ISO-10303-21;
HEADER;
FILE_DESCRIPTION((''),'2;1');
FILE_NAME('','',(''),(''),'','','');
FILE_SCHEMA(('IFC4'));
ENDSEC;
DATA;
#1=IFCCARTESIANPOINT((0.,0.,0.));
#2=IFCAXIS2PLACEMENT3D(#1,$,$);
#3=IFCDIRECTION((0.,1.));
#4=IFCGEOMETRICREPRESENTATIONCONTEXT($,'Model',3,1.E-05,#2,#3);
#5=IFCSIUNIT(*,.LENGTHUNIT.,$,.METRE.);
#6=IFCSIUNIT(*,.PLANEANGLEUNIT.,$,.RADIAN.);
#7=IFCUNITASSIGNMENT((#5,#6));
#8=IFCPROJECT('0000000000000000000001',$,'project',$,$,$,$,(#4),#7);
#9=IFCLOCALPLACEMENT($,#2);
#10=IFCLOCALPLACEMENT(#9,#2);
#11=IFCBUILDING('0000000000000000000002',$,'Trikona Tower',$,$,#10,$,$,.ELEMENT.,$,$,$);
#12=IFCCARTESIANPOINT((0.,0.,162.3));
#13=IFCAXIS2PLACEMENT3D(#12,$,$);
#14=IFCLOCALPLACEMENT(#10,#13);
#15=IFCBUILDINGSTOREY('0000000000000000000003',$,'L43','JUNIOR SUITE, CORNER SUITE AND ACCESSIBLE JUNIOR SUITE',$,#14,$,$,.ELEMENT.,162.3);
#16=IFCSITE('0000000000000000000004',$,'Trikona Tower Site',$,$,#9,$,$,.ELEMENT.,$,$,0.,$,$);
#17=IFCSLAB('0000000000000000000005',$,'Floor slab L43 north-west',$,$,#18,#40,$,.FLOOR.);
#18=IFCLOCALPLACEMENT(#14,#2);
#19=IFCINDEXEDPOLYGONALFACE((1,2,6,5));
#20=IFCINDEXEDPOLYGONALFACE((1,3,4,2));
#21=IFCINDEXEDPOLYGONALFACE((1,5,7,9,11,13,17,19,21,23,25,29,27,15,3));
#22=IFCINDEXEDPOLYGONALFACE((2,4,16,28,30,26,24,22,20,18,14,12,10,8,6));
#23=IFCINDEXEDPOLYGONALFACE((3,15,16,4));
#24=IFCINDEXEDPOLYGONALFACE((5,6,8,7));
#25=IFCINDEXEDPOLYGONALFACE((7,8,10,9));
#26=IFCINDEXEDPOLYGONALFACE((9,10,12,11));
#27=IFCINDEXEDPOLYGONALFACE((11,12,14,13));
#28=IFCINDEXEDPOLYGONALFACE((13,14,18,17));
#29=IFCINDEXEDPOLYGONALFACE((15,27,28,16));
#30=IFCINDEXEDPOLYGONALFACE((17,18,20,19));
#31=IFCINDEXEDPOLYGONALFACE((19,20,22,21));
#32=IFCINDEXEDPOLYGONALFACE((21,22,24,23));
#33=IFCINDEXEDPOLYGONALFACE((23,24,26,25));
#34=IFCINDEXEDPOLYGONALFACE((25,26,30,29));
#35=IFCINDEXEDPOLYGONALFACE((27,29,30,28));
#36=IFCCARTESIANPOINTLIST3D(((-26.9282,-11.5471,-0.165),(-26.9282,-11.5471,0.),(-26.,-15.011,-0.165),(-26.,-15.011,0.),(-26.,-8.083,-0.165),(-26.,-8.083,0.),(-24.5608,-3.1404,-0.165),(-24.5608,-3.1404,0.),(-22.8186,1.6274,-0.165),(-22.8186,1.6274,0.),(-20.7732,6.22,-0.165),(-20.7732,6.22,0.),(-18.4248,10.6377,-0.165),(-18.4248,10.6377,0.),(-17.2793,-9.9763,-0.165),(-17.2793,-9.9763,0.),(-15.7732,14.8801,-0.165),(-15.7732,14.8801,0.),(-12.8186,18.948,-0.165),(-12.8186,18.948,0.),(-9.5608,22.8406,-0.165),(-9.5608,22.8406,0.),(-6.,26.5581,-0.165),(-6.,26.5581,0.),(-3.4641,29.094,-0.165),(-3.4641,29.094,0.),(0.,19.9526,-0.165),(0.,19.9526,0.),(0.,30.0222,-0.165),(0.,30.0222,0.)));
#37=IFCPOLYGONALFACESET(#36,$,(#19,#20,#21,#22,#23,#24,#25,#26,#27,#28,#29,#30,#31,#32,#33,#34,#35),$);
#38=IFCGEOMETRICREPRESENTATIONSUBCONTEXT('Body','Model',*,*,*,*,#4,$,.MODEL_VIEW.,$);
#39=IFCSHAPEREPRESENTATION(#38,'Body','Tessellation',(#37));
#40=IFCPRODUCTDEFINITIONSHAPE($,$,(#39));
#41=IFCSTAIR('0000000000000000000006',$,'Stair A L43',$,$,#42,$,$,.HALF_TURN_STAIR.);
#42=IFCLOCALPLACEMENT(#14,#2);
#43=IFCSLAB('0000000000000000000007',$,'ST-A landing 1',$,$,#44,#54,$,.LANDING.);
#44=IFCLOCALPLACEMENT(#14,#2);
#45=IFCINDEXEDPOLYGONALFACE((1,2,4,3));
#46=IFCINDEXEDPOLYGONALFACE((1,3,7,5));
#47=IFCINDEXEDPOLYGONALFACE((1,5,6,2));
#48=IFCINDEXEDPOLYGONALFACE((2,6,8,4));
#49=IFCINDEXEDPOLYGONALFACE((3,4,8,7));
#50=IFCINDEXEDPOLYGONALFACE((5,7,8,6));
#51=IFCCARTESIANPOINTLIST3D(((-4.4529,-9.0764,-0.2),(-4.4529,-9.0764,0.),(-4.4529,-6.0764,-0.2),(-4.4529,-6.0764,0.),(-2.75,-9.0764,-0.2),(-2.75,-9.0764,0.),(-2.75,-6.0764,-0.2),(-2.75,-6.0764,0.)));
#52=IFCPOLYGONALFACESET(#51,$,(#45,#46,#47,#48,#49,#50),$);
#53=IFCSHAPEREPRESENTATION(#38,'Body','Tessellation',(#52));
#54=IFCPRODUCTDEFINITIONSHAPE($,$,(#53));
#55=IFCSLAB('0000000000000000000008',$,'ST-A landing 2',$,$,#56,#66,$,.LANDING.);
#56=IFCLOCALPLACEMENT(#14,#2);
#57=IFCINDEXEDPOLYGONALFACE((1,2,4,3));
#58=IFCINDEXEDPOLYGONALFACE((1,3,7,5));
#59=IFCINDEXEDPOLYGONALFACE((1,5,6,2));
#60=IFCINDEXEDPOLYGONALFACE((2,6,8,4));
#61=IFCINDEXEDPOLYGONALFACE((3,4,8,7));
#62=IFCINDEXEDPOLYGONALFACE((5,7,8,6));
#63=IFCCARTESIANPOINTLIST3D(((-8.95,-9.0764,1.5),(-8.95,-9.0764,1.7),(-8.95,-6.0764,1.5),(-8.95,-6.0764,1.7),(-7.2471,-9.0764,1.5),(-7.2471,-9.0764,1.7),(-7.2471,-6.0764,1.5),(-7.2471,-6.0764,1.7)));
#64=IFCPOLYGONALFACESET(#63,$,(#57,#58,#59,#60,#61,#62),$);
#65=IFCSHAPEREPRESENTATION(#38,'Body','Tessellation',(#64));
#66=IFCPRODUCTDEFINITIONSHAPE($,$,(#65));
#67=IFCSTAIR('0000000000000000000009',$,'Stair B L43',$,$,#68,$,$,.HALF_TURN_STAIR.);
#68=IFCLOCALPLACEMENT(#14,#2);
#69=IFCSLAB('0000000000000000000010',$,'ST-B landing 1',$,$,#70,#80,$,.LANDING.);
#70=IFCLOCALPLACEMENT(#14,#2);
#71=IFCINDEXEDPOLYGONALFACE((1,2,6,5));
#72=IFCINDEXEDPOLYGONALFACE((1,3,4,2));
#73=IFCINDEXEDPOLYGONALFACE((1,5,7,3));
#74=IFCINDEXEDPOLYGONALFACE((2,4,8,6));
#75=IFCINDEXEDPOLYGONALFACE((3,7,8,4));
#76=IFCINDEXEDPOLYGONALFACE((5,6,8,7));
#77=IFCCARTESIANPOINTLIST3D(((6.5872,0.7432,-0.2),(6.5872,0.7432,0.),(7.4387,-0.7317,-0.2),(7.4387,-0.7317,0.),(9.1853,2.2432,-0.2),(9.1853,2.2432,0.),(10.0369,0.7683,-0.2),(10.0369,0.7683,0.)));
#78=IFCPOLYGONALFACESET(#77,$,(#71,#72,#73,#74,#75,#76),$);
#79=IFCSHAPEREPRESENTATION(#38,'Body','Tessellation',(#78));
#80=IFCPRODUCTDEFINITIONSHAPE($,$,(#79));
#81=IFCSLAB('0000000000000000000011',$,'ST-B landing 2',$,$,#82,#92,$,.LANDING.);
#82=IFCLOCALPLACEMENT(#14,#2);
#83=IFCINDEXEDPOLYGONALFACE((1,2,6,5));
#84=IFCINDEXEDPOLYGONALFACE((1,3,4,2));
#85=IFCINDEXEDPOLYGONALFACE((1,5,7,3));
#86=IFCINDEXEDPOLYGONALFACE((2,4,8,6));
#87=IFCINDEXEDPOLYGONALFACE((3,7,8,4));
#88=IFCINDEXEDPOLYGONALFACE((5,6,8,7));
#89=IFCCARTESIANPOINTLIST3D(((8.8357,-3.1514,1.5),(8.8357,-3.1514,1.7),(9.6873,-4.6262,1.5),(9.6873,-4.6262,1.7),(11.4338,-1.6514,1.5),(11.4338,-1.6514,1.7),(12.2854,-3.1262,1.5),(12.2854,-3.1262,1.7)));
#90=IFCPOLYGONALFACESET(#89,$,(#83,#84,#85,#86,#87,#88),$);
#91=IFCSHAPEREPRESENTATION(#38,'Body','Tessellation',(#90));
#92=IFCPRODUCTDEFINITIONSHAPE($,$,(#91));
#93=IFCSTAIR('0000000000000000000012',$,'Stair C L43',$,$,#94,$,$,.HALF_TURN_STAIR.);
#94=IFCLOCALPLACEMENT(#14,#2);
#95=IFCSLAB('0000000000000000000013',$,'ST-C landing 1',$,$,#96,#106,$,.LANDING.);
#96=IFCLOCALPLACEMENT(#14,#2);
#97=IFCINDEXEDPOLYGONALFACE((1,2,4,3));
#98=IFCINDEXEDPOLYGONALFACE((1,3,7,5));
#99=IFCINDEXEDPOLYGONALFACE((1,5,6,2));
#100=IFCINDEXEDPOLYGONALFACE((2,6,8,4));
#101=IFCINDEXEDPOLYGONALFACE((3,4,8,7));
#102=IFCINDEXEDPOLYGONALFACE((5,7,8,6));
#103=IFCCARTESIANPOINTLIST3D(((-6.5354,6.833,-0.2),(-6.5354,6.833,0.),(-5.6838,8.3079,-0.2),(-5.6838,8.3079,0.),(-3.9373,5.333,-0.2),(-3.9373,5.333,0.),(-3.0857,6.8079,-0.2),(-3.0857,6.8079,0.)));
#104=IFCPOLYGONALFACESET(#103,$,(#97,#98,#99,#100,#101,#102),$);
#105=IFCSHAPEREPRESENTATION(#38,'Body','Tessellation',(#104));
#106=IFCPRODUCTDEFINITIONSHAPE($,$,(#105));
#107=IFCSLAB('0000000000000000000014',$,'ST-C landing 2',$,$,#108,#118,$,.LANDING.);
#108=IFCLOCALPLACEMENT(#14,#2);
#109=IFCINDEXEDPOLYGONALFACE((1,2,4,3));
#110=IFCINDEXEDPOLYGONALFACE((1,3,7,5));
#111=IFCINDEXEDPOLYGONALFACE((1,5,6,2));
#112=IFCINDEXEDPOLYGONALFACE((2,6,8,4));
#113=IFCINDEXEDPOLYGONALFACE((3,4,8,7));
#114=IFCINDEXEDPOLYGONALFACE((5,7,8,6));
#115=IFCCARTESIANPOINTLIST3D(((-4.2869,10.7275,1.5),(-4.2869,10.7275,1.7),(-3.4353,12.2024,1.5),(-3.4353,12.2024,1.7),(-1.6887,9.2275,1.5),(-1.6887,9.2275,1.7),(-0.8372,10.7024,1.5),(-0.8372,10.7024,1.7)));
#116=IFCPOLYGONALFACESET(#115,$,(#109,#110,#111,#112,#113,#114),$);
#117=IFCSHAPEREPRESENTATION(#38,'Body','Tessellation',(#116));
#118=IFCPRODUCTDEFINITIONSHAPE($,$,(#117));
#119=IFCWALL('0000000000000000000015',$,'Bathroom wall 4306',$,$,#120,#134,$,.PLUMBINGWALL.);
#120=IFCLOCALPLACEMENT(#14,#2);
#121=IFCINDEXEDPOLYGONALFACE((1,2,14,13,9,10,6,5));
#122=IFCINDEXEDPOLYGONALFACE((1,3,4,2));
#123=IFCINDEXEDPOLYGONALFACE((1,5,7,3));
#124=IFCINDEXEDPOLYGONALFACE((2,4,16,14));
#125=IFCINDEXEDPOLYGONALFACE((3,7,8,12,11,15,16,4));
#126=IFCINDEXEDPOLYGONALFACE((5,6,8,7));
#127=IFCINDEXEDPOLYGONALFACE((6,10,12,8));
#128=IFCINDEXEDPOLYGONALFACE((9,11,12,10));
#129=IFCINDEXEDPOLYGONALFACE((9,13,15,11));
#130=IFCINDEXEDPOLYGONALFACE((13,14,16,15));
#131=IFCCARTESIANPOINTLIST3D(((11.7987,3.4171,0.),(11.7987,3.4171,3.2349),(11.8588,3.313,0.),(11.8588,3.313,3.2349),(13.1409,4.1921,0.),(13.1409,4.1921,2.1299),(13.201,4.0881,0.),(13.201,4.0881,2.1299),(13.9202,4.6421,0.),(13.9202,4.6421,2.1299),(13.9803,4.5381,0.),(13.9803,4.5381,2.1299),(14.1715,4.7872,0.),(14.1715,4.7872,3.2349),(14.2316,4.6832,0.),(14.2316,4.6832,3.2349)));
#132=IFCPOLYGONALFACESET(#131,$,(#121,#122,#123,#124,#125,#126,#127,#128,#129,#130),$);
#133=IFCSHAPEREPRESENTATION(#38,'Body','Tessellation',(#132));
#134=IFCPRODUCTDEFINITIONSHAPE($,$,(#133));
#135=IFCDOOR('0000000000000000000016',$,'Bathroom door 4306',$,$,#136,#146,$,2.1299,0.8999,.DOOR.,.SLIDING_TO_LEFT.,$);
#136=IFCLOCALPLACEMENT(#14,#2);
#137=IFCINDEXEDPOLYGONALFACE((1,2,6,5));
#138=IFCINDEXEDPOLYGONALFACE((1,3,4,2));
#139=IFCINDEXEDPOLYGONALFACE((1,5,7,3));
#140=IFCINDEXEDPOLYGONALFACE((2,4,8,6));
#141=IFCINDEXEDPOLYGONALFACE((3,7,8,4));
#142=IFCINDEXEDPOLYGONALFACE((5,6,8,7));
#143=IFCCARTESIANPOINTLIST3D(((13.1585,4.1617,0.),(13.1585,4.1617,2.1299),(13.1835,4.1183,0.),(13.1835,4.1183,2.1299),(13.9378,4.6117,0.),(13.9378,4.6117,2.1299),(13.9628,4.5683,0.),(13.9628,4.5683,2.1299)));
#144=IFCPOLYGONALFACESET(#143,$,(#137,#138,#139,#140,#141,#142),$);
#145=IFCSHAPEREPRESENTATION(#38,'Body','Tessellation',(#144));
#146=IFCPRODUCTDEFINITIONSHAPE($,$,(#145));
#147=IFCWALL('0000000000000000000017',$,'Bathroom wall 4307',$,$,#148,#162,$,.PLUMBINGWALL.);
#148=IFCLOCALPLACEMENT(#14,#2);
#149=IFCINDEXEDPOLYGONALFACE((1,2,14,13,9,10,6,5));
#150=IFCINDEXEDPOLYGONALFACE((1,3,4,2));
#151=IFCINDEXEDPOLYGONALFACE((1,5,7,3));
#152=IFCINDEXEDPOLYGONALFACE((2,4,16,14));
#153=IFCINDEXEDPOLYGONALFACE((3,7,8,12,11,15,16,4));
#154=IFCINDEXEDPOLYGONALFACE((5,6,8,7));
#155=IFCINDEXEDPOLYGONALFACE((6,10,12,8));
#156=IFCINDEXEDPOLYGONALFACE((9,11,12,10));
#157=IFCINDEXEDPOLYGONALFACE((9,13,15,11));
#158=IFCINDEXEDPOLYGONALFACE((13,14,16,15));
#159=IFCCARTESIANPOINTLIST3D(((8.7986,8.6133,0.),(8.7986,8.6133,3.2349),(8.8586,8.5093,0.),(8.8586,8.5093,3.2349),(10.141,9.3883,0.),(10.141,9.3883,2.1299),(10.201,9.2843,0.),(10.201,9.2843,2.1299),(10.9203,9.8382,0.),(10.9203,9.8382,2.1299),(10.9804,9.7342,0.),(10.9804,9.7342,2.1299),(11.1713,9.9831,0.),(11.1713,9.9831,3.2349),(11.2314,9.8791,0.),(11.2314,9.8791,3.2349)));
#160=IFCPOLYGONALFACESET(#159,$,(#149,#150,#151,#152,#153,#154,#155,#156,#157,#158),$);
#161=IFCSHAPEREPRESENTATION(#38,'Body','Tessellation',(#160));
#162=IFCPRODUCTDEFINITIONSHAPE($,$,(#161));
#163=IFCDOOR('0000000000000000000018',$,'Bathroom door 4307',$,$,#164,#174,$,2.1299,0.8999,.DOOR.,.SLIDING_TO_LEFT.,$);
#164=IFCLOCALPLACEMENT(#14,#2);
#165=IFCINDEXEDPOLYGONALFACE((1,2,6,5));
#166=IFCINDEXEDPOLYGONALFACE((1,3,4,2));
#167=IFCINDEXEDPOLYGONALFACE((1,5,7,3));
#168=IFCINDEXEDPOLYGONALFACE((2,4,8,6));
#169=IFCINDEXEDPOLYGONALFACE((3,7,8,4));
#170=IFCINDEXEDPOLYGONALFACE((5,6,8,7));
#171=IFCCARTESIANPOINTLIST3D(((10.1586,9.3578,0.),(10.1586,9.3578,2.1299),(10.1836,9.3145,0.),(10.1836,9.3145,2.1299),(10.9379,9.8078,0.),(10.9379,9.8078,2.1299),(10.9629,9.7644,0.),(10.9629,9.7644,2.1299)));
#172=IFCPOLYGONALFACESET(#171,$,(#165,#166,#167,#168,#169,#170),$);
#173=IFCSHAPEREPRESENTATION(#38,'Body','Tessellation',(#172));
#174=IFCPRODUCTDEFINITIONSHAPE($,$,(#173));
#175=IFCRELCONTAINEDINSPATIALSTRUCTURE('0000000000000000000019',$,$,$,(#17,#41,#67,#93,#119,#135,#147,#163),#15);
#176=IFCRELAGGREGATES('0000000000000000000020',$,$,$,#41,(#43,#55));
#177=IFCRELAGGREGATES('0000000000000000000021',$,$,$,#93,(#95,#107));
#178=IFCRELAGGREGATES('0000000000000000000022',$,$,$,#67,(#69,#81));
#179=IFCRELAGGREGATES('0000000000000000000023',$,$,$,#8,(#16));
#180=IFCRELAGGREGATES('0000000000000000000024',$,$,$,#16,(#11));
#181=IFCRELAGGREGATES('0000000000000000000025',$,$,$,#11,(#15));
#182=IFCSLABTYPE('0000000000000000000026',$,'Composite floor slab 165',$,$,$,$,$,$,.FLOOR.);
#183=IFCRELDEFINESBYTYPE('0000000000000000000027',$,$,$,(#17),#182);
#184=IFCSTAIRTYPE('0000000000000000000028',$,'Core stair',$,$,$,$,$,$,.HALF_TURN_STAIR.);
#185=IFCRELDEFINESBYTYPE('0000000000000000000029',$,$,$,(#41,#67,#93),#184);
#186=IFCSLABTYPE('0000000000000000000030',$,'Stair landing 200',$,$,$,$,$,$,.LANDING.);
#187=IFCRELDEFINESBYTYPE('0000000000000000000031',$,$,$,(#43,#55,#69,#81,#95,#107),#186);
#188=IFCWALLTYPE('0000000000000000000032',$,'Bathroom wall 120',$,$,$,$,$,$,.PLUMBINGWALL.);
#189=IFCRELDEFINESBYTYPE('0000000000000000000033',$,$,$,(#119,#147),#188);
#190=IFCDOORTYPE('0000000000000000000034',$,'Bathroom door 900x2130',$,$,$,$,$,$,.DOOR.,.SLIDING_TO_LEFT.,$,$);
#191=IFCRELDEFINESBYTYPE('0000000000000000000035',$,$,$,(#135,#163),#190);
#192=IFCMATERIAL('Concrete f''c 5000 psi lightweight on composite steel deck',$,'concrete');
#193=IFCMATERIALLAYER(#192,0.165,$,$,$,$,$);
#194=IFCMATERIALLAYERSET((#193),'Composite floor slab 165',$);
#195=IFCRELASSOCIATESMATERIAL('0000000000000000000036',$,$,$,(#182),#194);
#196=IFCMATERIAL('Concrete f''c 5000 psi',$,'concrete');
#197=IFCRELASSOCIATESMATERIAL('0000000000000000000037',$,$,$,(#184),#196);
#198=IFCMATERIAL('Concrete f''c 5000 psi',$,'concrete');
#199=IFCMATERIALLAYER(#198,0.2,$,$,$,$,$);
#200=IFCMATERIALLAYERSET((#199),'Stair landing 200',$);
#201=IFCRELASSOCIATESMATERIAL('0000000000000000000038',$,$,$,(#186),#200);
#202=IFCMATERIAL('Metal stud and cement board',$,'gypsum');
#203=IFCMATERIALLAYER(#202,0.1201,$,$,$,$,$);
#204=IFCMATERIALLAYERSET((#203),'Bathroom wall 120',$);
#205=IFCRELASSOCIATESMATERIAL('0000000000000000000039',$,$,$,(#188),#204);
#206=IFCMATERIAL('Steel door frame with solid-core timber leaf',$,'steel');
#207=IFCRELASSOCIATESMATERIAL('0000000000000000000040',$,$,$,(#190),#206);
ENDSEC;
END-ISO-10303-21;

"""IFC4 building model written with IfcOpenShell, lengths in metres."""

from ifc_helpers import new_model, si_unit, direction, frame, frame_2d, origin, place, context, subcontext, project, spatial, polyline, rectangle, outline, extrude, material, layer, layer_set, type_object, element, fill, aggregate, save


model = new_model("IFC4")

# Units and contexts
model_context = context("Model", 3, precision=1e-05, world=origin(), true_north=direction((0.0, 1.0)))
body_context = subcontext(model_context, "Body", "Model", "MODEL_VIEW")
ifc_project = project(units=[si_unit("LENGTHUNIT", "METRE"), si_unit("PLANEANGLEUNIT", "RADIAN")], contexts=[model_context])

# Site, building, storey
site_placement = place(None, origin())
site = spatial("IfcSite", under=ifc_project, at=site_placement, Name="Trikona Tower Site", CompositionType="ELEMENT", RefElevation=0.0)
building_placement = place(site_placement, origin())
building = spatial("IfcBuilding", under=site, at=building_placement, Name="Trikona Tower", CompositionType="ELEMENT")
storey_placement = place(building_placement, frame((0.0, 0.0, 162.3)))
storey = spatial("IfcBuildingStorey", under=building, at=storey_placement, Name="L43", Description="JUNIOR SUITE, CORNER SUITE AND ACCESSIBLE JUNIOR SUITE", CompositionType="ELEMENT", Elevation=162.3)

# Slab
ifc_material_1 = material(Name="Concrete f'c 5000 psi lightweight on composite steel deck", Category="concrete")
ifc_layer_1 = layer(ifc_material_1, 0.165)
ifc_layer_set_1 = layer_set([ifc_layer_1], Name="Composite floor slab 165")
slab_type_1 = type_object("IfcSlabType", Name="Composite floor slab 165", PredefinedType="FLOOR", material=ifc_layer_set_1)
slab_1_placement = place(storey_placement, frame((0.0, 0.0, -0.165)))
element("IfcSlab", 1, at=slab_1_placement, inside=storey, type_object=slab_type_1, Name="Floor slab L43 north-west", PredefinedType="FLOOR", context=body_context, shape_type="SweptSolid", body=[
    extrude(outline(polyline([(0.0, 19.9526), (0.0, 30.0222), (-3.4641, 29.094), (-6.0, 26.5581), (-9.5608, 22.8406), (-12.8186, 18.948), (-15.7732, 14.8801), (-18.4248, 10.6377), (-20.7732, 6.22), (-22.8186, 1.6274), (-24.5608, -3.1404), (-26.0, -8.083), (-26.9282, -11.5471), (-26.0, -15.011), (-17.2793, -9.9763), (0.0, 19.9526)])), origin(), (0.0, 0.0, 1.0), 0.165),
])

# Stairs, slabs
ifc_material_2 = material(Name="Concrete f'c 5000 psi", Category="concrete")
stair_type = type_object("IfcStairType", Name="Core stair", PredefinedType="HALF_TURN_STAIR", material=ifc_material_2)
stair_1_placement = place(storey_placement, origin())
stair_1 = element("IfcStair", 2, at=stair_1_placement, inside=storey, type_object=stair_type, Name="Stair A L43", PredefinedType="HALF_TURN_STAIR")
ifc_material_3 = material(Name="Concrete f'c 5000 psi", Category="concrete")
ifc_layer_2 = layer(ifc_material_3, 0.2)
ifc_layer_set_2 = layer_set([ifc_layer_2], Name="Stair landing 200")
slab_type_2 = type_object("IfcSlabType", Name="Stair landing 200", PredefinedType="LANDING", material=ifc_layer_set_2)
slab_2_placement = place(storey_placement, frame((0.0, 0.0, -0.2)))
slab_2 = element("IfcSlab", 3, at=slab_2_placement, type_object=slab_type_2, Name="ST-A landing 1", PredefinedType="LANDING", context=body_context, shape_type="SweptSolid", body=[
    extrude(outline(polyline([(-4.4529, -6.0764), (-2.75, -6.0764), (-2.75, -9.0764), (-4.4529, -9.0764), (-4.4529, -6.0764)])), origin(), (0.0, 0.0, 1.0), 0.2),
])
slab_3_placement = place(storey_placement, frame((0.0, 0.0, 1.5)))
slab_3 = element("IfcSlab", 4, at=slab_3_placement, type_object=slab_type_2, Name="ST-A landing 2", PredefinedType="LANDING", context=body_context, shape_type="SweptSolid", body=[
    extrude(outline(polyline([(-8.95, -6.0764), (-7.2471, -6.0764), (-7.2471, -9.0764), (-8.95, -9.0764), (-8.95, -6.0764)])), origin(), (0.0, 0.0, 1.0), 0.2),
])
aggregate(stair_1, [slab_2, slab_3])
stair_2_placement = place(storey_placement, origin())
stair_2 = element("IfcStair", 5, at=stair_2_placement, inside=storey, type_object=stair_type, Name="Stair B L43", PredefinedType="HALF_TURN_STAIR")
slab_4_placement = place(storey_placement, frame((0.0, 0.0, -0.2)))
slab_4 = element("IfcSlab", 6, at=slab_4_placement, type_object=slab_type_2, Name="ST-B landing 1", PredefinedType="LANDING", context=body_context, shape_type="SweptSolid", body=[
    extrude(outline(polyline([(7.4387, -0.7317), (6.5872, 0.7432), (9.1853, 2.2432), (10.0369, 0.7683), (7.4387, -0.7317)])), origin(), (0.0, 0.0, 1.0), 0.2),
])
slab_5_placement = place(storey_placement, frame((0.0, 0.0, 1.5)))
slab_5 = element("IfcSlab", 7, at=slab_5_placement, type_object=slab_type_2, Name="ST-B landing 2", PredefinedType="LANDING", context=body_context, shape_type="SweptSolid", body=[
    extrude(outline(polyline([(9.6873, -4.6262), (8.8357, -3.1514), (11.4338, -1.6514), (12.2854, -3.1262), (9.6873, -4.6262)])), origin(), (0.0, 0.0, 1.0), 0.2),
])
stair_3_placement = place(storey_placement, origin())
stair_3 = element("IfcStair", 8, at=stair_3_placement, inside=storey, type_object=stair_type, Name="Stair C L43", PredefinedType="HALF_TURN_STAIR")
slab_6_placement = place(storey_placement, frame((0.0, 0.0, -0.2)))
slab_6 = element("IfcSlab", 9, at=slab_6_placement, type_object=slab_type_2, Name="ST-C landing 1", PredefinedType="LANDING", context=body_context, shape_type="SweptSolid", body=[
    extrude(outline(polyline([(-3.0857, 6.8079), (-3.9373, 5.333), (-6.5354, 6.833), (-5.6838, 8.3079), (-3.0857, 6.8079)])), origin(), (0.0, 0.0, 1.0), 0.2),
])
slab_7_placement = place(storey_placement, frame((0.0, 0.0, 1.5)))
slab_7 = element("IfcSlab", 10, at=slab_7_placement, type_object=slab_type_2, Name="ST-C landing 2", PredefinedType="LANDING", context=body_context, shape_type="SweptSolid", body=[
    extrude(outline(polyline([(-0.8372, 10.7024), (-1.6887, 9.2275), (-4.2869, 10.7275), (-3.4353, 12.2024), (-0.8372, 10.7024)])), origin(), (0.0, 0.0, 1.0), 0.2),
])
aggregate(stair_3, [slab_6, slab_7])

# Walls, openings, doors
ifc_material_4 = material(Name="Metal stud and cement board", Category="gypsum")
ifc_layer_3 = layer(ifc_material_4, 0.1201)
ifc_layer_set_3 = layer_set([ifc_layer_3], Name="Bathroom wall 120")
wall_type_1 = type_object("IfcWallType", Name="Bathroom wall 120", PredefinedType="PLUMBINGWALL", material=ifc_layer_set_3)
wall_1_placement = place(storey_placement, frame((11.8286, 3.365, 0.0), z_axis=(0.0, 0.0, 1.0), x_axis=(0.865997, 0.500049, 0.0)))
wall_1 = element("IfcWall", 11, at=wall_1_placement, inside=storey, type_object=wall_type_1, Name="Bathroom wall 4306", PredefinedType="PLUMBINGWALL", context=body_context, shape_type="SweptSolid", body=[
    extrude(rectangle(XDim=2.74, YDim=0.1201, at=frame_2d((1.3701, 0.0))), origin(), (0.0, 0.0, 1.0), 3.2349),
])
opening_1_placement = place(wall_1_placement, frame((1.55, 0.0, 0.0)))
opening_1 = element("IfcOpeningElement", 12, at=opening_1_placement, cuts=wall_1, PredefinedType="OPENING", context=body_context, shape_type="SweptSolid", body=[
    extrude(rectangle(XDim=0.8999, YDim=2.1299, at=frame_2d((0.45, 1.0649))), frame((0.0, 0.0701, 0.0), z_axis=(0.0, -1.0, 0.0), x_axis=(1.0, 0.0, 0.0)), (0.0, 0.0, 1.0), 0.1401),
])
ifc_material_5 = material(Name="Steel door frame with solid-core timber leaf", Category="steel")
door_type_1 = type_object("IfcDoorType", Name="Bathroom door 900x2130", OperationType="SLIDING_TO_LEFT", PredefinedType="DOOR", material=ifc_material_5)
door_1_placement = place(opening_1_placement, origin())
door_1 = element("IfcDoor", 13, at=door_1_placement, inside=storey, type_object=door_type_1, Name="Bathroom door 4306", OperationType="SLIDING_TO_LEFT", OverallHeight=2.1299, OverallWidth=0.8999, PredefinedType="DOOR", context=body_context, shape_type="SweptSolid", body=[
    extrude(rectangle(XDim=0.8999, YDim=2.1299, at=frame_2d((0.45, 1.0649))), frame((0.0, 0.0249, 0.0), z_axis=(0.0, -1.0, 0.0), x_axis=(1.0, 0.0, 0.0)), (0.0, 0.0, 1.0), 0.05),
])
fill(opening_1, door_1)
wall_2_placement = place(storey_placement, frame((8.8286, 8.5613, 0.0), z_axis=(0.0, 0.0, 1.0), x_axis=(0.866036, 0.499982, 0.0)))
wall_2 = element("IfcWall", 14, at=wall_2_placement, inside=storey, type_object=wall_type_1, Name="Bathroom wall 4307", PredefinedType="PLUMBINGWALL", context=body_context, shape_type="SweptSolid", body=[
    extrude(rectangle(XDim=2.7397, YDim=0.1201, at=frame_2d((1.3699, 0.0))), origin(), (0.0, 0.0, 1.0), 3.2349),
])
opening_2_placement = place(wall_2_placement, frame((1.55, 0.0, 0.0)))
opening_2 = element("IfcOpeningElement", 15, at=opening_2_placement, cuts=wall_2, PredefinedType="OPENING", context=body_context, shape_type="SweptSolid", body=[
    extrude(rectangle(XDim=0.8999, YDim=2.1299, at=frame_2d((0.45, 1.0649))), frame((0.0, 0.0701, 0.0), z_axis=(0.0, -1.0, 0.0), x_axis=(1.0, 0.0, 0.0)), (0.0, 0.0, 1.0), 0.1401),
])
door_2_placement = place(opening_2_placement, origin())
door_2 = element("IfcDoor", 16, at=door_2_placement, inside=storey, type_object=door_type_1, Name="Bathroom door 4307", OperationType="SLIDING_TO_LEFT", OverallHeight=2.1299, OverallWidth=0.8999, PredefinedType="DOOR", context=body_context, shape_type="SweptSolid", body=[
    extrude(rectangle(XDim=0.8999, YDim=2.1299, at=frame_2d((0.45, 1.0649))), frame((0.0, 0.0249, 0.0), z_axis=(0.0, -1.0, 0.0), x_axis=(1.0, 0.0, 0.0)), (0.0, 0.0, 1.0), 0.05),
])
fill(opening_2, door_2)

aggregate(stair_2, [slab_4, slab_5])

save(model, "model.ifc")
